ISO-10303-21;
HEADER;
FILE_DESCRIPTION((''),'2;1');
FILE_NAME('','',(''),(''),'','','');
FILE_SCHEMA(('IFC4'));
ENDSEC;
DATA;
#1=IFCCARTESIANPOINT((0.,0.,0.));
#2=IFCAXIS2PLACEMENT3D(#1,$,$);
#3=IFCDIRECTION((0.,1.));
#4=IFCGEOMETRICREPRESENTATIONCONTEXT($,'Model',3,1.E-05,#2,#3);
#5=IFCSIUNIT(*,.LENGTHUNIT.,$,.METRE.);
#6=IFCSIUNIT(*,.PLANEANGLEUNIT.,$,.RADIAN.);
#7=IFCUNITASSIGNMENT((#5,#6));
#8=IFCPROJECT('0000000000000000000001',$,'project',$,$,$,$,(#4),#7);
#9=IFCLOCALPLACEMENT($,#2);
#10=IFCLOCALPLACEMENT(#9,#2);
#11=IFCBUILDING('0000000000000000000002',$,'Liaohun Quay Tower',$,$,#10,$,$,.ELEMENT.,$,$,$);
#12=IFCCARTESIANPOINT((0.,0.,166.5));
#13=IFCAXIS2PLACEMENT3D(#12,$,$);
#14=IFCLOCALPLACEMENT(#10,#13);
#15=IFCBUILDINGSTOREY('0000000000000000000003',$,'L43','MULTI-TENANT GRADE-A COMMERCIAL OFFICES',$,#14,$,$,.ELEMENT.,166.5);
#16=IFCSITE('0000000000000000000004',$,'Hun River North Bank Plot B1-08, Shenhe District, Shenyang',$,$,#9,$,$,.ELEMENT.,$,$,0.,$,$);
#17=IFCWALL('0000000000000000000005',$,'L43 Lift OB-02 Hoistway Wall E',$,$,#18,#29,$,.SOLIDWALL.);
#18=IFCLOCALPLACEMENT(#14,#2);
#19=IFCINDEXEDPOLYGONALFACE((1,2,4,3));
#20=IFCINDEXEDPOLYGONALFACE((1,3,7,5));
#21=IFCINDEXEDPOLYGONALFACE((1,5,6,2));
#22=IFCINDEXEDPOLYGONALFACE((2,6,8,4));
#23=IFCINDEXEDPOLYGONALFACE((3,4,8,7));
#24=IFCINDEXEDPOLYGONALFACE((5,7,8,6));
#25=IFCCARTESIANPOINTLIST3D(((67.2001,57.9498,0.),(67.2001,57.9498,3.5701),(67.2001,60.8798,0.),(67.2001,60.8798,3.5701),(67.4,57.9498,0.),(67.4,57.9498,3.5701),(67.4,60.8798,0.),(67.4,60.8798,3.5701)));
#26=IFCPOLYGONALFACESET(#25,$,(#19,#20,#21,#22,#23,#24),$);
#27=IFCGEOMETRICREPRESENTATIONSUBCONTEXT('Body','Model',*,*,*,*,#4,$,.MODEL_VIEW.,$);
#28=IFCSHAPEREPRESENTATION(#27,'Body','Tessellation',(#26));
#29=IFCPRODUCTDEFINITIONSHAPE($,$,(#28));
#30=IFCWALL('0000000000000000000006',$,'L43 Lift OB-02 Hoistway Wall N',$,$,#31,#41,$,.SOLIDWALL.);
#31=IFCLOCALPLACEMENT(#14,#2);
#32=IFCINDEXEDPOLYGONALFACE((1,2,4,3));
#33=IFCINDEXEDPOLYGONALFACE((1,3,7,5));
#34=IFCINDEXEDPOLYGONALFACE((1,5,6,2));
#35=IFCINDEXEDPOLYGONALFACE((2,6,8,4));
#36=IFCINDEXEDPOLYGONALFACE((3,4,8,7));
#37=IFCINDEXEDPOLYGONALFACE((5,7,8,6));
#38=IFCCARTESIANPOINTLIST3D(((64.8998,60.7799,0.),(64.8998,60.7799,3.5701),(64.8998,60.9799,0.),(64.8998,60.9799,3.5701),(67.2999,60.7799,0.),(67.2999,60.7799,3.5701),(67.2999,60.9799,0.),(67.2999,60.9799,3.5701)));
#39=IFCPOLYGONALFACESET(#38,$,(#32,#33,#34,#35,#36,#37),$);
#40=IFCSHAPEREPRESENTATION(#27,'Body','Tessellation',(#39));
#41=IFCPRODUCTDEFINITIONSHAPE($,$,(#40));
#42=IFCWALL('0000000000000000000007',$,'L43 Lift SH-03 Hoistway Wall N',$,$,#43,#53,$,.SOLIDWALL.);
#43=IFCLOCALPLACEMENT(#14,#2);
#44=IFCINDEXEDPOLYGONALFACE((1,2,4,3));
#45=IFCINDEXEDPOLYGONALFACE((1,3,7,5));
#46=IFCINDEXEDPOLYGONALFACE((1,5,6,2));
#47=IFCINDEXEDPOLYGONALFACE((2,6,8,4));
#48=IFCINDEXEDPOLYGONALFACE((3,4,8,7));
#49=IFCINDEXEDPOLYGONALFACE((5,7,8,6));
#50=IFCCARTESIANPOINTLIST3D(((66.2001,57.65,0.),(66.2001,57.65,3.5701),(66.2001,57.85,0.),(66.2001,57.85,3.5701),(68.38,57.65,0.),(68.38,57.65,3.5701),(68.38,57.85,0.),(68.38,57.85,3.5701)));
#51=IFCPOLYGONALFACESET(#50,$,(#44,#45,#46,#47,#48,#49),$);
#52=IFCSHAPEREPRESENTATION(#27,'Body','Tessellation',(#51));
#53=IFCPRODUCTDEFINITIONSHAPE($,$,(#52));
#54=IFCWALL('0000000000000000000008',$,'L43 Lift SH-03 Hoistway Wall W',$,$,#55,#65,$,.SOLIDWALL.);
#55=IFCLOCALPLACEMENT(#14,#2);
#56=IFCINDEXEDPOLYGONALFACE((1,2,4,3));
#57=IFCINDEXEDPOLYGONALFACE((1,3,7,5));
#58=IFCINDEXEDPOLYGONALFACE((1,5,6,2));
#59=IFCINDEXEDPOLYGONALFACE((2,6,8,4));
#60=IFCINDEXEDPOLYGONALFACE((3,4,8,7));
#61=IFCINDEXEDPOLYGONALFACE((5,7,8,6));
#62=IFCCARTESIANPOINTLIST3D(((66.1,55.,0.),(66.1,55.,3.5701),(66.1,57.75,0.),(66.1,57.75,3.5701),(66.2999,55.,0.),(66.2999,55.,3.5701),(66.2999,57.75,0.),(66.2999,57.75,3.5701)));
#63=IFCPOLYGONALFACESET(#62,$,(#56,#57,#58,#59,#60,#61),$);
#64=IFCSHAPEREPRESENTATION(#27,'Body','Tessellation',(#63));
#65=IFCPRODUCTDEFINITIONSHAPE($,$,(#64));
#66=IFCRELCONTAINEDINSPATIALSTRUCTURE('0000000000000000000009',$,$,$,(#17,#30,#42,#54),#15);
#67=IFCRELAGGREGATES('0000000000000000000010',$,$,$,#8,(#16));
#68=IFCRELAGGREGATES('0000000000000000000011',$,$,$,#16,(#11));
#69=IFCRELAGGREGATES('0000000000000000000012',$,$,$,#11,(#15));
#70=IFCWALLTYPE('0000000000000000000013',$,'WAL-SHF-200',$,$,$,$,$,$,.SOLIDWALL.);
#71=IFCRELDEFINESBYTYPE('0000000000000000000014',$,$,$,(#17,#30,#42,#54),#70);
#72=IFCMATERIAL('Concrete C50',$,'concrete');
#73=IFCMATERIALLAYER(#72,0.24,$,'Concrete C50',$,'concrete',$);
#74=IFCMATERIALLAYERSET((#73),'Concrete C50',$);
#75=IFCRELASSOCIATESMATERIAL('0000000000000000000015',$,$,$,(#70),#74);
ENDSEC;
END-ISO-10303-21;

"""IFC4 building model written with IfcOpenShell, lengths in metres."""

from ifc_helpers import new_model, si_unit, direction, frame, frame_2d, origin, place, context, subcontext, project, spatial, rectangle, extrude, material, layer, layer_set, type_object, element, save


model = new_model("IFC4")

# Units and contexts
model_context = context("Model", 3, precision=1e-05, world=origin(), true_north=direction((0.0, 1.0)))
body_context = subcontext(model_context, "Body", "Model", "MODEL_VIEW")
ifc_project = project(units=[si_unit("LENGTHUNIT", "METRE"), si_unit("PLANEANGLEUNIT", "RADIAN")], contexts=[model_context])

# Site, building, storey
site_placement = place(None, origin())
site = spatial("IfcSite", under=ifc_project, at=site_placement, Name="Hun River North Bank Plot B1-08, Shenhe District, Shenyang", CompositionType="ELEMENT", RefElevation=0.0)
building_placement = place(site_placement, origin())
building = spatial("IfcBuilding", under=site, at=building_placement, Name="Liaohun Quay Tower", CompositionType="ELEMENT")
storey_placement = place(building_placement, frame((0.0, 0.0, 166.5)))
storey = spatial("IfcBuildingStorey", under=building, at=storey_placement, Name="L43", Description="MULTI-TENANT GRADE-A COMMERCIAL OFFICES", CompositionType="ELEMENT", Elevation=166.5)

# Walls
ifc_material_1 = material(Name="Concrete C50", Category="concrete")
ifc_layer_1 = layer(ifc_material_1, 0.24, Name="Concrete C50", Category="concrete")
ifc_layer_set_1 = layer_set([ifc_layer_1], Name="Concrete C50")
wall_type_1 = type_object("IfcWallType", Name="WAL-SHF-200", PredefinedType="SOLIDWALL", material=ifc_layer_set_1)
wall_1_placement = place(storey_placement, frame((67.3, 57.95, 0.0), z_axis=(0.0, 0.0, 1.0), x_axis=(0.0, 1.0, 0.0)))
element("IfcWall", 1, at=wall_1_placement, inside=storey, type_object=wall_type_1, Name="L43 Lift OB-02 Hoistway Wall E", PredefinedType="SOLIDWALL", context=body_context, shape_type="SweptSolid", body=[
    extrude(rectangle(XDim=2.9299, YDim=0.2, at=frame_2d((1.4648, 0.0))), origin(), (0.0, 0.0, 1.0), 3.5701),
])
wall_2_placement = place(storey_placement, frame((67.3, 60.8799, 0.0), z_axis=(0.0, 0.0, 1.0), x_axis=(-1.0, 0.0, 0.0)))
element("IfcWall", 2, at=wall_2_placement, inside=storey, type_object=wall_type_1, Name="L43 Lift OB-02 Hoistway Wall N", PredefinedType="SOLIDWALL", context=body_context, shape_type="SweptSolid", body=[
    extrude(rectangle(XDim=2.4001, YDim=0.2, at=frame_2d((1.2002, 0.0))), origin(), (0.0, 0.0, 1.0), 3.5701),
])
wall_3_placement = place(storey_placement, frame((68.3799, 57.75, 0.0), z_axis=(0.0, 0.0, 1.0), x_axis=(-1.0, 0.0, 0.0)))
element("IfcWall", 3, at=wall_3_placement, inside=storey, type_object=wall_type_1, Name="L43 Lift SH-03 Hoistway Wall N", PredefinedType="SOLIDWALL", context=body_context, shape_type="SweptSolid", body=[
    extrude(rectangle(XDim=2.1799, YDim=0.2, at=frame_2d((1.0898, 0.0))), origin(), (0.0, 0.0, 1.0), 3.5701),
])
wall_4_placement = place(storey_placement, frame((66.2, 57.75, 0.0), z_axis=(0.0, 0.0, 1.0), x_axis=(0.0, -1.0, 0.0)))
element("IfcWall", 4, at=wall_4_placement, inside=storey, type_object=wall_type_1, Name="L43 Lift SH-03 Hoistway Wall W", PredefinedType="SOLIDWALL", context=body_context, shape_type="SweptSolid", body=[
    extrude(rectangle(XDim=2.75, YDim=0.2, at=frame_2d((1.375, 0.0))), origin(), (0.0, 0.0, 1.0), 3.5701),
])

save(model, "model.ifc")
